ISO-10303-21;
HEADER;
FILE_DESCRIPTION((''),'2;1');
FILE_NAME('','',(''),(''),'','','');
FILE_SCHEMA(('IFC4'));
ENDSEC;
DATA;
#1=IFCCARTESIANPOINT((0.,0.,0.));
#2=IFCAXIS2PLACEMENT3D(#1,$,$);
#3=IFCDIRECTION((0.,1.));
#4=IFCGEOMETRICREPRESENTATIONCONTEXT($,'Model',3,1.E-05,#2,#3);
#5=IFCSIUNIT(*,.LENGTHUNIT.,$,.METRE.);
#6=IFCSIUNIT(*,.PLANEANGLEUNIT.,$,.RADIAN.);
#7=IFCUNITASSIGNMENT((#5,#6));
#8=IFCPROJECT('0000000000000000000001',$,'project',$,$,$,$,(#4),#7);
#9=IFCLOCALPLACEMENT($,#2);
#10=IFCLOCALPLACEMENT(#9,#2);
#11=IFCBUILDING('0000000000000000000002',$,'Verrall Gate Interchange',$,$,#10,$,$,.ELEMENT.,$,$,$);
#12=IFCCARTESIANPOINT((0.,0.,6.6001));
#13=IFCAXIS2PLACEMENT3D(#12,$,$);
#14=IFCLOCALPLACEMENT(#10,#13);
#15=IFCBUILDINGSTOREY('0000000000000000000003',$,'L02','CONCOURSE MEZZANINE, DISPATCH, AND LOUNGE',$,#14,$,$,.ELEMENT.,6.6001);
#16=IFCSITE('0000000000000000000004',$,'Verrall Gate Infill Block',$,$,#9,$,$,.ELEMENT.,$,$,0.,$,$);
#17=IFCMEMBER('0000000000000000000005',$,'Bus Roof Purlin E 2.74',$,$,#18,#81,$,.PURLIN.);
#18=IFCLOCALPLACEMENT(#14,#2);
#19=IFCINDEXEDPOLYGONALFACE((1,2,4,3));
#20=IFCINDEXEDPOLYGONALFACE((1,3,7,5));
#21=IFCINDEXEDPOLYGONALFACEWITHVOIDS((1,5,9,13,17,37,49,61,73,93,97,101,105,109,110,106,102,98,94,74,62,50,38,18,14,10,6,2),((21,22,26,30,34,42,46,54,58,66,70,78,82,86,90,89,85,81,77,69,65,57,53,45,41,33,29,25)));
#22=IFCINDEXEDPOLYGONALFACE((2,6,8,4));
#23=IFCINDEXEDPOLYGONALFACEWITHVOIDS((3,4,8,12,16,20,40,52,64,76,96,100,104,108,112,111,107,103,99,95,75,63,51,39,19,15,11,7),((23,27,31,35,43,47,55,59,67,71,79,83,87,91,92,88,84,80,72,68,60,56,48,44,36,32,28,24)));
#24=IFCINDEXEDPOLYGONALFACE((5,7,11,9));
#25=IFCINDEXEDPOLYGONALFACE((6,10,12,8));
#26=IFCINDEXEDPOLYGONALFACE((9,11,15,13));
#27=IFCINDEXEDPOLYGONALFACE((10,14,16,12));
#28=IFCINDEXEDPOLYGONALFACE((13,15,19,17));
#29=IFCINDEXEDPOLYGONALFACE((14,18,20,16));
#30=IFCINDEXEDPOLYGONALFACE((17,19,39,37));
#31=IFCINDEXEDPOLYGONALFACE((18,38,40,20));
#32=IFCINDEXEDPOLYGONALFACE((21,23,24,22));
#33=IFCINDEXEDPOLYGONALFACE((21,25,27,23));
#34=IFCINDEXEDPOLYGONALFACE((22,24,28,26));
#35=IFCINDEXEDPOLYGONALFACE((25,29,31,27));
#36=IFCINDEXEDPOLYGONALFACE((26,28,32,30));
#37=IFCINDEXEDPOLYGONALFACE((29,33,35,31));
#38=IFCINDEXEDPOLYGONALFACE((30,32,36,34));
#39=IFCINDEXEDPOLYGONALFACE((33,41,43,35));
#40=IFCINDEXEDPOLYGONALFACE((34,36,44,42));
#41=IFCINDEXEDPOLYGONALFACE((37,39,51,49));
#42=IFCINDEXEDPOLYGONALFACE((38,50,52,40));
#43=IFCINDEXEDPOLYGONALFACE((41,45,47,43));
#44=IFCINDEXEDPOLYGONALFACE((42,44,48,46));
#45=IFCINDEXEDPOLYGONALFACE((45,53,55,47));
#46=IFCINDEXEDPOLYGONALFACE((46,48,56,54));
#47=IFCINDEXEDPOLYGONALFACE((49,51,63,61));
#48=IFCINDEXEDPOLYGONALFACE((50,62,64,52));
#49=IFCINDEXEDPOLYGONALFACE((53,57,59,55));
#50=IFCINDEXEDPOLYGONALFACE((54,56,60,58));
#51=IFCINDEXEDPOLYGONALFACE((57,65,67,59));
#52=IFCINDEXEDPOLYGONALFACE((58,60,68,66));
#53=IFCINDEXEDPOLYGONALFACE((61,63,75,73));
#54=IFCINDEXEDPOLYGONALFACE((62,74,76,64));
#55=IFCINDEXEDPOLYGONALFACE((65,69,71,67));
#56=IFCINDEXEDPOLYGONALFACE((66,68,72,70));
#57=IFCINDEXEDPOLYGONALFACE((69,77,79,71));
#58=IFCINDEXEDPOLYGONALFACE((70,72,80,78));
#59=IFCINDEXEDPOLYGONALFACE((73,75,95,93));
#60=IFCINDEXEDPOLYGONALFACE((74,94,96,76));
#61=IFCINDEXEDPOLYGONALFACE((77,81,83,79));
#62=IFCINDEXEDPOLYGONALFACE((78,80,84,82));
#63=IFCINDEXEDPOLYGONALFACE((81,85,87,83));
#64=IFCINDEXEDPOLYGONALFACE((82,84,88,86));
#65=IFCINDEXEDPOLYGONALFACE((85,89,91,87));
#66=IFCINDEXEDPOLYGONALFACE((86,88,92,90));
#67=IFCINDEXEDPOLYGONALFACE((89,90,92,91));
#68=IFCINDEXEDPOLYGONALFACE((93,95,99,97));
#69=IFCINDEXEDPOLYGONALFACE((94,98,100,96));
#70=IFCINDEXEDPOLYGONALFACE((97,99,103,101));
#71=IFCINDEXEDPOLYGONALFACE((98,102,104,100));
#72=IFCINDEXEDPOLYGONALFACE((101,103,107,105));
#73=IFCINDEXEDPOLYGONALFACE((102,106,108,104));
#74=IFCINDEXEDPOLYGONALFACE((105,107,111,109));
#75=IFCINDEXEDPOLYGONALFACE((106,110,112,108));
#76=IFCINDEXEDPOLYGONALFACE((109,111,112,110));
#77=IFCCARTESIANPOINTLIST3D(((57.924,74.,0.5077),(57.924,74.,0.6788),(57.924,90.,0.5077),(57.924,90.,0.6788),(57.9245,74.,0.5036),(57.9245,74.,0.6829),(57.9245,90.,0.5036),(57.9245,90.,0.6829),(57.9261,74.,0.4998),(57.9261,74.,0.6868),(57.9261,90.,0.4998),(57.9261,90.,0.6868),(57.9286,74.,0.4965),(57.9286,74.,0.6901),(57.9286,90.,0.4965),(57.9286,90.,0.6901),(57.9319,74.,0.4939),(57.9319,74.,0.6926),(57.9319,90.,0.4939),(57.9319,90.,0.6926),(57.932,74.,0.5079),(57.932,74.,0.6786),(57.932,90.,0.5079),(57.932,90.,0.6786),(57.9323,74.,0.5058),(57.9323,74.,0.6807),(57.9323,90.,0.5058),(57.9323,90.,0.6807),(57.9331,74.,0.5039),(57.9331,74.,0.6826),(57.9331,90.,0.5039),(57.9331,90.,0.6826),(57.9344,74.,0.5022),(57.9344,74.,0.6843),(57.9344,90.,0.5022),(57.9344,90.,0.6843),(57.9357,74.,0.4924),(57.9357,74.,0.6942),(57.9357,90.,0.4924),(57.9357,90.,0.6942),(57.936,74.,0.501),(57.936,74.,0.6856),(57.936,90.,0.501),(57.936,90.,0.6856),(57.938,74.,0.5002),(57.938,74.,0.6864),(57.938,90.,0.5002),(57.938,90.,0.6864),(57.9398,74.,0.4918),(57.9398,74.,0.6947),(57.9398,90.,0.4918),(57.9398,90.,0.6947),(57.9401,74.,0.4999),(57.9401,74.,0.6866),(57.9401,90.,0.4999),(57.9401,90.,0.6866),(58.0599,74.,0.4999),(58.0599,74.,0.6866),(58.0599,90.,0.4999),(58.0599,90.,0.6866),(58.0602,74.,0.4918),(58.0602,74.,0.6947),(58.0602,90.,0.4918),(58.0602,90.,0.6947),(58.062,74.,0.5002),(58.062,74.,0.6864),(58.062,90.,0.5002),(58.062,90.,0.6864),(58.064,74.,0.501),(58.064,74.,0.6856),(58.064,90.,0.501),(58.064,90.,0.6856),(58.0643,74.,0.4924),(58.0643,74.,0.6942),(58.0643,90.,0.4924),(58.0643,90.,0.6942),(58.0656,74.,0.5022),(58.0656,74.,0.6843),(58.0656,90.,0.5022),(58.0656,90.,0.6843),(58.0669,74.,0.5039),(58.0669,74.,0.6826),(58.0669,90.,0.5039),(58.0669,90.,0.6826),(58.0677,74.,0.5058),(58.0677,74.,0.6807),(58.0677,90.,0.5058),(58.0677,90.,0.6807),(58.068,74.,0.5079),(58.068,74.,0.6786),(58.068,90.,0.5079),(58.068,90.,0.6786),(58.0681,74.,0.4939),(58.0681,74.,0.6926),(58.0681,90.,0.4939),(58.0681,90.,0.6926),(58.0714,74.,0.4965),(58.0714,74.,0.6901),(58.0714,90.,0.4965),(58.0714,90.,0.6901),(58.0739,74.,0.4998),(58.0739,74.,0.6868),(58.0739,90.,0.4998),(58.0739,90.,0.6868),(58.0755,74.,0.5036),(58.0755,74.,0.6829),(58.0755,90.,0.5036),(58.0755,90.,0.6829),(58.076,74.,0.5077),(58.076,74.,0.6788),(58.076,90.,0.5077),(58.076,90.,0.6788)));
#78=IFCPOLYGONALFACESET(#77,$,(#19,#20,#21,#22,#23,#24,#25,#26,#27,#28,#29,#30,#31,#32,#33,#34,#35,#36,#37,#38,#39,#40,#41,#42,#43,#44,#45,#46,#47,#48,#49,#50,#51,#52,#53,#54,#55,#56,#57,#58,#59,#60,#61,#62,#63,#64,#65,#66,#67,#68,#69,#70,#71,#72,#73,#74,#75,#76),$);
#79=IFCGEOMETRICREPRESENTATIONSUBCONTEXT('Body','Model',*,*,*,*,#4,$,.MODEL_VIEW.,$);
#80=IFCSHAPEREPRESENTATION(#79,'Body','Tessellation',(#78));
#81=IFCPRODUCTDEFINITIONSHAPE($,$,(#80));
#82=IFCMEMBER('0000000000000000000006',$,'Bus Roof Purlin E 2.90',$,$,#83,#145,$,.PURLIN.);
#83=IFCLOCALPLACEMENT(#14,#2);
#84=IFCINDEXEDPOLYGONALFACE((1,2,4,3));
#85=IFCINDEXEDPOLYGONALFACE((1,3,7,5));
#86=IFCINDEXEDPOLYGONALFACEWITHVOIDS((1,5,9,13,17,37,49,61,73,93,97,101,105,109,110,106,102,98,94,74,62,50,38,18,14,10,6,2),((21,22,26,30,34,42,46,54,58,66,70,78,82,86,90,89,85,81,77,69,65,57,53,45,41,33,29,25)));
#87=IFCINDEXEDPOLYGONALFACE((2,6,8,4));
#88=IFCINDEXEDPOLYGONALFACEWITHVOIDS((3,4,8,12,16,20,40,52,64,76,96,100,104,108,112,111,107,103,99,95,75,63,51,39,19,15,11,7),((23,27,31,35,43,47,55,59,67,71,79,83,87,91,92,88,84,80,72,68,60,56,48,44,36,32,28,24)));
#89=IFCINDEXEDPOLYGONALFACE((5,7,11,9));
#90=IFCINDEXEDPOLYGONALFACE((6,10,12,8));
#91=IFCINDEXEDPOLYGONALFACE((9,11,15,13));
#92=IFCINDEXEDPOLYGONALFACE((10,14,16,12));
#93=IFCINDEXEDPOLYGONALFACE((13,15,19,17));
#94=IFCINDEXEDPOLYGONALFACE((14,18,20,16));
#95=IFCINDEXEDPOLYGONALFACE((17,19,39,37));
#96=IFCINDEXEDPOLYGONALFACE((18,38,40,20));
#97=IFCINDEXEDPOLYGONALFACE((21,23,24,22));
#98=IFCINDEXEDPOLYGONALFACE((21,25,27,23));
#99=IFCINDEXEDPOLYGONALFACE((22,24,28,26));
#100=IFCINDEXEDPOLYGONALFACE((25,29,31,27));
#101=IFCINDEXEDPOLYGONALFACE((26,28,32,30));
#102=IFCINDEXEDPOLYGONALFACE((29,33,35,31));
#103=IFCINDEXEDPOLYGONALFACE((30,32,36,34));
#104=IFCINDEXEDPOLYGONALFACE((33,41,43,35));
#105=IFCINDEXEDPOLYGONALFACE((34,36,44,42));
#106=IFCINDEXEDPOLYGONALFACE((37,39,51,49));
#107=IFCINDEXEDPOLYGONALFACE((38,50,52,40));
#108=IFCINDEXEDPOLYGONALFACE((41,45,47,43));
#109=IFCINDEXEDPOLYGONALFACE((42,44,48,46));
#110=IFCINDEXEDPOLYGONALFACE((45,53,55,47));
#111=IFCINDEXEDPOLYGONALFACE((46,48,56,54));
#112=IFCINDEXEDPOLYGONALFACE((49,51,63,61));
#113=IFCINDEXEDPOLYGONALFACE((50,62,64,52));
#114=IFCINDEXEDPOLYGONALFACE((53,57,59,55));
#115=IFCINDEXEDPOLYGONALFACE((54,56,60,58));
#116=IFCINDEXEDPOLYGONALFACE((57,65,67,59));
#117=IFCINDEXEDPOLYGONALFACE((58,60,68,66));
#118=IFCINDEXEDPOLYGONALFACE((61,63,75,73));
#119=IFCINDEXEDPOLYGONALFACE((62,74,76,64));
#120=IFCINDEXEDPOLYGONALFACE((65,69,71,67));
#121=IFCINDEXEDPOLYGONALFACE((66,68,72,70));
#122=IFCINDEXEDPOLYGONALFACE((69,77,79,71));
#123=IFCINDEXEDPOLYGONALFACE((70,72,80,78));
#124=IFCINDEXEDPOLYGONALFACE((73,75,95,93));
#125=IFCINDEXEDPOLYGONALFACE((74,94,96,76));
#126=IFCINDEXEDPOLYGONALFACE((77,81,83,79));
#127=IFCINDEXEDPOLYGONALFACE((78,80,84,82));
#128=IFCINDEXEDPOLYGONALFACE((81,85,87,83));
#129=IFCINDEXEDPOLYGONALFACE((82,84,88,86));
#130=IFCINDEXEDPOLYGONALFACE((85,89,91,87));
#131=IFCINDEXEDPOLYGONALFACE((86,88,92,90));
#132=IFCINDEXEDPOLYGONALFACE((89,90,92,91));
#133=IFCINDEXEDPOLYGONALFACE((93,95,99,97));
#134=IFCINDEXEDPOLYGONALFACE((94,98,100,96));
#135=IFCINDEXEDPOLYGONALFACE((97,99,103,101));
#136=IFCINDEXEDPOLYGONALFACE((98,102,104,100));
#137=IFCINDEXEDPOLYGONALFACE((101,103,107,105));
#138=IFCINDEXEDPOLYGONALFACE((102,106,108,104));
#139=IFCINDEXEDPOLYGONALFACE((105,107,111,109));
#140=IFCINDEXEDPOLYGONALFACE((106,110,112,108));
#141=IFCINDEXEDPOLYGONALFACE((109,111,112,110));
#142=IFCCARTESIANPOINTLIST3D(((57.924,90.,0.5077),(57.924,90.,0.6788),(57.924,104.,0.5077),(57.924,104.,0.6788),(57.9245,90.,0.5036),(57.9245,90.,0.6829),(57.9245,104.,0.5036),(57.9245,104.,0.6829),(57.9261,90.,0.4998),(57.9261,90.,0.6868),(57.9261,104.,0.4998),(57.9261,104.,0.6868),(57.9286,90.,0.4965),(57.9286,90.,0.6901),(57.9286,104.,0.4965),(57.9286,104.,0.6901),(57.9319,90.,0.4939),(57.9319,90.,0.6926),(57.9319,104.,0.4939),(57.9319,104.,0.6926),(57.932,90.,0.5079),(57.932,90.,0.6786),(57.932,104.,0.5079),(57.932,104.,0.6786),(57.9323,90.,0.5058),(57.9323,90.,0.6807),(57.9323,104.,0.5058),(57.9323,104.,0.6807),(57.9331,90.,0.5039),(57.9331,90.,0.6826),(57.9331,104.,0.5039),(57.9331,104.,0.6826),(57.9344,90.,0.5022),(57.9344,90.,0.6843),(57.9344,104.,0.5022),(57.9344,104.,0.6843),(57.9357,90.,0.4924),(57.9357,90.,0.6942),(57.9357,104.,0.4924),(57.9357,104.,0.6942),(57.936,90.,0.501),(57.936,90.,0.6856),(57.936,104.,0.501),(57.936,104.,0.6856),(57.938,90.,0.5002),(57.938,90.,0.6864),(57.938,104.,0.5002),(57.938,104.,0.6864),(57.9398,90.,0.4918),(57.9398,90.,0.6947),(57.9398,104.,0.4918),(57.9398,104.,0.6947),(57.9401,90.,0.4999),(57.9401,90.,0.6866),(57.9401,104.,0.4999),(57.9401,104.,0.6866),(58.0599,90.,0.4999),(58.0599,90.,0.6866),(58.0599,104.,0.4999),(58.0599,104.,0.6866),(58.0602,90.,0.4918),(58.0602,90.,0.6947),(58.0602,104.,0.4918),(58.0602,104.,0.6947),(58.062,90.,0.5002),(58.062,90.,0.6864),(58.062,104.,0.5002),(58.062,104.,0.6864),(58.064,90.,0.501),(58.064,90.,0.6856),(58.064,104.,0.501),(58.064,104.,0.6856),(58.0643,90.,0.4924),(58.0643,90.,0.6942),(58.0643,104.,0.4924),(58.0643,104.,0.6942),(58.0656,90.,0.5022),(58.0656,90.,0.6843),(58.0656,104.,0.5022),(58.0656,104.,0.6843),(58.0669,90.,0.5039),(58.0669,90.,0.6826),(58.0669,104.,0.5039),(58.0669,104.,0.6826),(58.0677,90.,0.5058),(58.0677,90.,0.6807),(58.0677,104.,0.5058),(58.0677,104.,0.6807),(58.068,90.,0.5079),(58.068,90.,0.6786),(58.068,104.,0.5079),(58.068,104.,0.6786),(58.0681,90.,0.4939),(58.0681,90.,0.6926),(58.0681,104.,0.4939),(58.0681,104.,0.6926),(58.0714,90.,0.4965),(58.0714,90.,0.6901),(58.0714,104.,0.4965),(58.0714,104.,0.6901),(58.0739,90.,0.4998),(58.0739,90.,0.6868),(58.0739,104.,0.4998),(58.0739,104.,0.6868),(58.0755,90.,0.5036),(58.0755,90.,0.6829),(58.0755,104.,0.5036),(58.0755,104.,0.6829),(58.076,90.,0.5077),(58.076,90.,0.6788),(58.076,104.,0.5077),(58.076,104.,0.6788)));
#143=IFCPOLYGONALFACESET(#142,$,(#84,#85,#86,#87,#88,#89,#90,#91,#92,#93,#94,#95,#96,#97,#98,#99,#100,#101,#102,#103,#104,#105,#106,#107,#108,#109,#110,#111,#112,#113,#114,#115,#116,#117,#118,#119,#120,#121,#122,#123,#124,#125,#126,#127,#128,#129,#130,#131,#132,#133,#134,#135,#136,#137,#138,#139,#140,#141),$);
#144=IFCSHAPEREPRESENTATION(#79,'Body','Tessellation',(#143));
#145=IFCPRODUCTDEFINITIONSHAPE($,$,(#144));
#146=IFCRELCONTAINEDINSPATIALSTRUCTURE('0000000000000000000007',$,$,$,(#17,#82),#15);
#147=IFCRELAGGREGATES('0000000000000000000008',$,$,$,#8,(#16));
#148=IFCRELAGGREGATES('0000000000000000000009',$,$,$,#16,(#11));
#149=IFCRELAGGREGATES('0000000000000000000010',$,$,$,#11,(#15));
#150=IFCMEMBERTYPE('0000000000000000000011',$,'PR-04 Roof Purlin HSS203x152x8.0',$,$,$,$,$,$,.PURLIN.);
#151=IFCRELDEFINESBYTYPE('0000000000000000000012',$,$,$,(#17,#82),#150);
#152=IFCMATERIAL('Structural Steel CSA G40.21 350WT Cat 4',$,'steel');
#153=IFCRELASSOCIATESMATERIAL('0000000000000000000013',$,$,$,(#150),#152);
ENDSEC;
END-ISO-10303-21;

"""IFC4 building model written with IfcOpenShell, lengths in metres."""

from ifc_helpers import new_model, si_unit, direction, frame, origin, origin_2d, place, context, subcontext, project, spatial, hollow_rectangle, extrude, material, material_profile, profile_set, type_object, element, save


model = new_model("IFC4")

# Units and contexts
model_context = context("Model", 3, precision=1e-05, world=origin(), true_north=direction((0.0, 1.0)))
body_context = subcontext(model_context, "Body", "Model", "MODEL_VIEW")
ifc_project = project(units=[si_unit("LENGTHUNIT", "METRE"), si_unit("PLANEANGLEUNIT", "RADIAN")], contexts=[model_context])

# Site, building, storey
site_placement = place(None, origin())
site = spatial("IfcSite", under=ifc_project, at=site_placement, Name="Verrall Gate Infill Block", CompositionType="ELEMENT", RefElevation=0.0)
building_placement = place(site_placement, origin())
building = spatial("IfcBuilding", under=site, at=building_placement, Name="Verrall Gate Interchange", CompositionType="ELEMENT")
storey_placement = place(building_placement, frame((0.0, 0.0, 6.6001)))
storey = spatial("IfcBuildingStorey", under=building, at=storey_placement, Name="L02", Description="CONCOURSE MEZZANINE, DISPATCH, AND LOUNGE", CompositionType="ELEMENT", Elevation=6.6001)

# Members
ifc_material_1 = material(Name="Structural Steel CSA G40.21 350WT Cat 4", Category="steel")
ifc_material_profile_1 = material_profile(ifc_material_1, hollow_rectangle(XDim=0.1521, YDim=0.2029, WallThickness=0.0081, InnerFilletRadius=0.0081, OuterFilletRadius=0.0159, at=origin_2d()), Name="HSS203x152x8.0")
ifc_profile_set_1 = profile_set([ifc_material_profile_1], Name="Structural Steel CSA G40.21 350WT Cat 4")
member_type_1 = type_object("IfcMemberType", Name="PR-04 Roof Purlin HSS203x152x8.0", PredefinedType="PURLIN", material=ifc_profile_set_1)
member_1_placement = place(storey_placement, frame((58.0, 74.0, 0.5933), z_axis=(0.0, 1.0, 0.0), x_axis=(-1.0, 0.0, 0.0)))
element("IfcMember", 1, at=member_1_placement, inside=storey, type_object=member_type_1, Name="Bus Roof Purlin E 2.74", PredefinedType="PURLIN", context=body_context, shape_type="SweptSolid", body=[
    extrude(hollow_rectangle(XDim=0.1521, YDim=0.2029, WallThickness=0.0081, InnerFilletRadius=0.0081, OuterFilletRadius=0.0159, at=origin_2d()), origin(), (0.0, 0.0, 1.0), 16.0),
])
member_2_placement = place(storey_placement, frame((58.0, 90.0, 0.5933), z_axis=(0.0, 1.0, 0.0), x_axis=(-1.0, 0.0, 0.0)))
element("IfcMember", 2, at=member_2_placement, inside=storey, type_object=member_type_1, Name="Bus Roof Purlin E 2.90", PredefinedType="PURLIN", context=body_context, shape_type="SweptSolid", body=[
    extrude(hollow_rectangle(XDim=0.1521, YDim=0.2029, WallThickness=0.0081, InnerFilletRadius=0.0081, OuterFilletRadius=0.0159, at=origin_2d()), origin(), (0.0, 0.0, 1.0), 14.0),
])

save(model, "model.ifc")
